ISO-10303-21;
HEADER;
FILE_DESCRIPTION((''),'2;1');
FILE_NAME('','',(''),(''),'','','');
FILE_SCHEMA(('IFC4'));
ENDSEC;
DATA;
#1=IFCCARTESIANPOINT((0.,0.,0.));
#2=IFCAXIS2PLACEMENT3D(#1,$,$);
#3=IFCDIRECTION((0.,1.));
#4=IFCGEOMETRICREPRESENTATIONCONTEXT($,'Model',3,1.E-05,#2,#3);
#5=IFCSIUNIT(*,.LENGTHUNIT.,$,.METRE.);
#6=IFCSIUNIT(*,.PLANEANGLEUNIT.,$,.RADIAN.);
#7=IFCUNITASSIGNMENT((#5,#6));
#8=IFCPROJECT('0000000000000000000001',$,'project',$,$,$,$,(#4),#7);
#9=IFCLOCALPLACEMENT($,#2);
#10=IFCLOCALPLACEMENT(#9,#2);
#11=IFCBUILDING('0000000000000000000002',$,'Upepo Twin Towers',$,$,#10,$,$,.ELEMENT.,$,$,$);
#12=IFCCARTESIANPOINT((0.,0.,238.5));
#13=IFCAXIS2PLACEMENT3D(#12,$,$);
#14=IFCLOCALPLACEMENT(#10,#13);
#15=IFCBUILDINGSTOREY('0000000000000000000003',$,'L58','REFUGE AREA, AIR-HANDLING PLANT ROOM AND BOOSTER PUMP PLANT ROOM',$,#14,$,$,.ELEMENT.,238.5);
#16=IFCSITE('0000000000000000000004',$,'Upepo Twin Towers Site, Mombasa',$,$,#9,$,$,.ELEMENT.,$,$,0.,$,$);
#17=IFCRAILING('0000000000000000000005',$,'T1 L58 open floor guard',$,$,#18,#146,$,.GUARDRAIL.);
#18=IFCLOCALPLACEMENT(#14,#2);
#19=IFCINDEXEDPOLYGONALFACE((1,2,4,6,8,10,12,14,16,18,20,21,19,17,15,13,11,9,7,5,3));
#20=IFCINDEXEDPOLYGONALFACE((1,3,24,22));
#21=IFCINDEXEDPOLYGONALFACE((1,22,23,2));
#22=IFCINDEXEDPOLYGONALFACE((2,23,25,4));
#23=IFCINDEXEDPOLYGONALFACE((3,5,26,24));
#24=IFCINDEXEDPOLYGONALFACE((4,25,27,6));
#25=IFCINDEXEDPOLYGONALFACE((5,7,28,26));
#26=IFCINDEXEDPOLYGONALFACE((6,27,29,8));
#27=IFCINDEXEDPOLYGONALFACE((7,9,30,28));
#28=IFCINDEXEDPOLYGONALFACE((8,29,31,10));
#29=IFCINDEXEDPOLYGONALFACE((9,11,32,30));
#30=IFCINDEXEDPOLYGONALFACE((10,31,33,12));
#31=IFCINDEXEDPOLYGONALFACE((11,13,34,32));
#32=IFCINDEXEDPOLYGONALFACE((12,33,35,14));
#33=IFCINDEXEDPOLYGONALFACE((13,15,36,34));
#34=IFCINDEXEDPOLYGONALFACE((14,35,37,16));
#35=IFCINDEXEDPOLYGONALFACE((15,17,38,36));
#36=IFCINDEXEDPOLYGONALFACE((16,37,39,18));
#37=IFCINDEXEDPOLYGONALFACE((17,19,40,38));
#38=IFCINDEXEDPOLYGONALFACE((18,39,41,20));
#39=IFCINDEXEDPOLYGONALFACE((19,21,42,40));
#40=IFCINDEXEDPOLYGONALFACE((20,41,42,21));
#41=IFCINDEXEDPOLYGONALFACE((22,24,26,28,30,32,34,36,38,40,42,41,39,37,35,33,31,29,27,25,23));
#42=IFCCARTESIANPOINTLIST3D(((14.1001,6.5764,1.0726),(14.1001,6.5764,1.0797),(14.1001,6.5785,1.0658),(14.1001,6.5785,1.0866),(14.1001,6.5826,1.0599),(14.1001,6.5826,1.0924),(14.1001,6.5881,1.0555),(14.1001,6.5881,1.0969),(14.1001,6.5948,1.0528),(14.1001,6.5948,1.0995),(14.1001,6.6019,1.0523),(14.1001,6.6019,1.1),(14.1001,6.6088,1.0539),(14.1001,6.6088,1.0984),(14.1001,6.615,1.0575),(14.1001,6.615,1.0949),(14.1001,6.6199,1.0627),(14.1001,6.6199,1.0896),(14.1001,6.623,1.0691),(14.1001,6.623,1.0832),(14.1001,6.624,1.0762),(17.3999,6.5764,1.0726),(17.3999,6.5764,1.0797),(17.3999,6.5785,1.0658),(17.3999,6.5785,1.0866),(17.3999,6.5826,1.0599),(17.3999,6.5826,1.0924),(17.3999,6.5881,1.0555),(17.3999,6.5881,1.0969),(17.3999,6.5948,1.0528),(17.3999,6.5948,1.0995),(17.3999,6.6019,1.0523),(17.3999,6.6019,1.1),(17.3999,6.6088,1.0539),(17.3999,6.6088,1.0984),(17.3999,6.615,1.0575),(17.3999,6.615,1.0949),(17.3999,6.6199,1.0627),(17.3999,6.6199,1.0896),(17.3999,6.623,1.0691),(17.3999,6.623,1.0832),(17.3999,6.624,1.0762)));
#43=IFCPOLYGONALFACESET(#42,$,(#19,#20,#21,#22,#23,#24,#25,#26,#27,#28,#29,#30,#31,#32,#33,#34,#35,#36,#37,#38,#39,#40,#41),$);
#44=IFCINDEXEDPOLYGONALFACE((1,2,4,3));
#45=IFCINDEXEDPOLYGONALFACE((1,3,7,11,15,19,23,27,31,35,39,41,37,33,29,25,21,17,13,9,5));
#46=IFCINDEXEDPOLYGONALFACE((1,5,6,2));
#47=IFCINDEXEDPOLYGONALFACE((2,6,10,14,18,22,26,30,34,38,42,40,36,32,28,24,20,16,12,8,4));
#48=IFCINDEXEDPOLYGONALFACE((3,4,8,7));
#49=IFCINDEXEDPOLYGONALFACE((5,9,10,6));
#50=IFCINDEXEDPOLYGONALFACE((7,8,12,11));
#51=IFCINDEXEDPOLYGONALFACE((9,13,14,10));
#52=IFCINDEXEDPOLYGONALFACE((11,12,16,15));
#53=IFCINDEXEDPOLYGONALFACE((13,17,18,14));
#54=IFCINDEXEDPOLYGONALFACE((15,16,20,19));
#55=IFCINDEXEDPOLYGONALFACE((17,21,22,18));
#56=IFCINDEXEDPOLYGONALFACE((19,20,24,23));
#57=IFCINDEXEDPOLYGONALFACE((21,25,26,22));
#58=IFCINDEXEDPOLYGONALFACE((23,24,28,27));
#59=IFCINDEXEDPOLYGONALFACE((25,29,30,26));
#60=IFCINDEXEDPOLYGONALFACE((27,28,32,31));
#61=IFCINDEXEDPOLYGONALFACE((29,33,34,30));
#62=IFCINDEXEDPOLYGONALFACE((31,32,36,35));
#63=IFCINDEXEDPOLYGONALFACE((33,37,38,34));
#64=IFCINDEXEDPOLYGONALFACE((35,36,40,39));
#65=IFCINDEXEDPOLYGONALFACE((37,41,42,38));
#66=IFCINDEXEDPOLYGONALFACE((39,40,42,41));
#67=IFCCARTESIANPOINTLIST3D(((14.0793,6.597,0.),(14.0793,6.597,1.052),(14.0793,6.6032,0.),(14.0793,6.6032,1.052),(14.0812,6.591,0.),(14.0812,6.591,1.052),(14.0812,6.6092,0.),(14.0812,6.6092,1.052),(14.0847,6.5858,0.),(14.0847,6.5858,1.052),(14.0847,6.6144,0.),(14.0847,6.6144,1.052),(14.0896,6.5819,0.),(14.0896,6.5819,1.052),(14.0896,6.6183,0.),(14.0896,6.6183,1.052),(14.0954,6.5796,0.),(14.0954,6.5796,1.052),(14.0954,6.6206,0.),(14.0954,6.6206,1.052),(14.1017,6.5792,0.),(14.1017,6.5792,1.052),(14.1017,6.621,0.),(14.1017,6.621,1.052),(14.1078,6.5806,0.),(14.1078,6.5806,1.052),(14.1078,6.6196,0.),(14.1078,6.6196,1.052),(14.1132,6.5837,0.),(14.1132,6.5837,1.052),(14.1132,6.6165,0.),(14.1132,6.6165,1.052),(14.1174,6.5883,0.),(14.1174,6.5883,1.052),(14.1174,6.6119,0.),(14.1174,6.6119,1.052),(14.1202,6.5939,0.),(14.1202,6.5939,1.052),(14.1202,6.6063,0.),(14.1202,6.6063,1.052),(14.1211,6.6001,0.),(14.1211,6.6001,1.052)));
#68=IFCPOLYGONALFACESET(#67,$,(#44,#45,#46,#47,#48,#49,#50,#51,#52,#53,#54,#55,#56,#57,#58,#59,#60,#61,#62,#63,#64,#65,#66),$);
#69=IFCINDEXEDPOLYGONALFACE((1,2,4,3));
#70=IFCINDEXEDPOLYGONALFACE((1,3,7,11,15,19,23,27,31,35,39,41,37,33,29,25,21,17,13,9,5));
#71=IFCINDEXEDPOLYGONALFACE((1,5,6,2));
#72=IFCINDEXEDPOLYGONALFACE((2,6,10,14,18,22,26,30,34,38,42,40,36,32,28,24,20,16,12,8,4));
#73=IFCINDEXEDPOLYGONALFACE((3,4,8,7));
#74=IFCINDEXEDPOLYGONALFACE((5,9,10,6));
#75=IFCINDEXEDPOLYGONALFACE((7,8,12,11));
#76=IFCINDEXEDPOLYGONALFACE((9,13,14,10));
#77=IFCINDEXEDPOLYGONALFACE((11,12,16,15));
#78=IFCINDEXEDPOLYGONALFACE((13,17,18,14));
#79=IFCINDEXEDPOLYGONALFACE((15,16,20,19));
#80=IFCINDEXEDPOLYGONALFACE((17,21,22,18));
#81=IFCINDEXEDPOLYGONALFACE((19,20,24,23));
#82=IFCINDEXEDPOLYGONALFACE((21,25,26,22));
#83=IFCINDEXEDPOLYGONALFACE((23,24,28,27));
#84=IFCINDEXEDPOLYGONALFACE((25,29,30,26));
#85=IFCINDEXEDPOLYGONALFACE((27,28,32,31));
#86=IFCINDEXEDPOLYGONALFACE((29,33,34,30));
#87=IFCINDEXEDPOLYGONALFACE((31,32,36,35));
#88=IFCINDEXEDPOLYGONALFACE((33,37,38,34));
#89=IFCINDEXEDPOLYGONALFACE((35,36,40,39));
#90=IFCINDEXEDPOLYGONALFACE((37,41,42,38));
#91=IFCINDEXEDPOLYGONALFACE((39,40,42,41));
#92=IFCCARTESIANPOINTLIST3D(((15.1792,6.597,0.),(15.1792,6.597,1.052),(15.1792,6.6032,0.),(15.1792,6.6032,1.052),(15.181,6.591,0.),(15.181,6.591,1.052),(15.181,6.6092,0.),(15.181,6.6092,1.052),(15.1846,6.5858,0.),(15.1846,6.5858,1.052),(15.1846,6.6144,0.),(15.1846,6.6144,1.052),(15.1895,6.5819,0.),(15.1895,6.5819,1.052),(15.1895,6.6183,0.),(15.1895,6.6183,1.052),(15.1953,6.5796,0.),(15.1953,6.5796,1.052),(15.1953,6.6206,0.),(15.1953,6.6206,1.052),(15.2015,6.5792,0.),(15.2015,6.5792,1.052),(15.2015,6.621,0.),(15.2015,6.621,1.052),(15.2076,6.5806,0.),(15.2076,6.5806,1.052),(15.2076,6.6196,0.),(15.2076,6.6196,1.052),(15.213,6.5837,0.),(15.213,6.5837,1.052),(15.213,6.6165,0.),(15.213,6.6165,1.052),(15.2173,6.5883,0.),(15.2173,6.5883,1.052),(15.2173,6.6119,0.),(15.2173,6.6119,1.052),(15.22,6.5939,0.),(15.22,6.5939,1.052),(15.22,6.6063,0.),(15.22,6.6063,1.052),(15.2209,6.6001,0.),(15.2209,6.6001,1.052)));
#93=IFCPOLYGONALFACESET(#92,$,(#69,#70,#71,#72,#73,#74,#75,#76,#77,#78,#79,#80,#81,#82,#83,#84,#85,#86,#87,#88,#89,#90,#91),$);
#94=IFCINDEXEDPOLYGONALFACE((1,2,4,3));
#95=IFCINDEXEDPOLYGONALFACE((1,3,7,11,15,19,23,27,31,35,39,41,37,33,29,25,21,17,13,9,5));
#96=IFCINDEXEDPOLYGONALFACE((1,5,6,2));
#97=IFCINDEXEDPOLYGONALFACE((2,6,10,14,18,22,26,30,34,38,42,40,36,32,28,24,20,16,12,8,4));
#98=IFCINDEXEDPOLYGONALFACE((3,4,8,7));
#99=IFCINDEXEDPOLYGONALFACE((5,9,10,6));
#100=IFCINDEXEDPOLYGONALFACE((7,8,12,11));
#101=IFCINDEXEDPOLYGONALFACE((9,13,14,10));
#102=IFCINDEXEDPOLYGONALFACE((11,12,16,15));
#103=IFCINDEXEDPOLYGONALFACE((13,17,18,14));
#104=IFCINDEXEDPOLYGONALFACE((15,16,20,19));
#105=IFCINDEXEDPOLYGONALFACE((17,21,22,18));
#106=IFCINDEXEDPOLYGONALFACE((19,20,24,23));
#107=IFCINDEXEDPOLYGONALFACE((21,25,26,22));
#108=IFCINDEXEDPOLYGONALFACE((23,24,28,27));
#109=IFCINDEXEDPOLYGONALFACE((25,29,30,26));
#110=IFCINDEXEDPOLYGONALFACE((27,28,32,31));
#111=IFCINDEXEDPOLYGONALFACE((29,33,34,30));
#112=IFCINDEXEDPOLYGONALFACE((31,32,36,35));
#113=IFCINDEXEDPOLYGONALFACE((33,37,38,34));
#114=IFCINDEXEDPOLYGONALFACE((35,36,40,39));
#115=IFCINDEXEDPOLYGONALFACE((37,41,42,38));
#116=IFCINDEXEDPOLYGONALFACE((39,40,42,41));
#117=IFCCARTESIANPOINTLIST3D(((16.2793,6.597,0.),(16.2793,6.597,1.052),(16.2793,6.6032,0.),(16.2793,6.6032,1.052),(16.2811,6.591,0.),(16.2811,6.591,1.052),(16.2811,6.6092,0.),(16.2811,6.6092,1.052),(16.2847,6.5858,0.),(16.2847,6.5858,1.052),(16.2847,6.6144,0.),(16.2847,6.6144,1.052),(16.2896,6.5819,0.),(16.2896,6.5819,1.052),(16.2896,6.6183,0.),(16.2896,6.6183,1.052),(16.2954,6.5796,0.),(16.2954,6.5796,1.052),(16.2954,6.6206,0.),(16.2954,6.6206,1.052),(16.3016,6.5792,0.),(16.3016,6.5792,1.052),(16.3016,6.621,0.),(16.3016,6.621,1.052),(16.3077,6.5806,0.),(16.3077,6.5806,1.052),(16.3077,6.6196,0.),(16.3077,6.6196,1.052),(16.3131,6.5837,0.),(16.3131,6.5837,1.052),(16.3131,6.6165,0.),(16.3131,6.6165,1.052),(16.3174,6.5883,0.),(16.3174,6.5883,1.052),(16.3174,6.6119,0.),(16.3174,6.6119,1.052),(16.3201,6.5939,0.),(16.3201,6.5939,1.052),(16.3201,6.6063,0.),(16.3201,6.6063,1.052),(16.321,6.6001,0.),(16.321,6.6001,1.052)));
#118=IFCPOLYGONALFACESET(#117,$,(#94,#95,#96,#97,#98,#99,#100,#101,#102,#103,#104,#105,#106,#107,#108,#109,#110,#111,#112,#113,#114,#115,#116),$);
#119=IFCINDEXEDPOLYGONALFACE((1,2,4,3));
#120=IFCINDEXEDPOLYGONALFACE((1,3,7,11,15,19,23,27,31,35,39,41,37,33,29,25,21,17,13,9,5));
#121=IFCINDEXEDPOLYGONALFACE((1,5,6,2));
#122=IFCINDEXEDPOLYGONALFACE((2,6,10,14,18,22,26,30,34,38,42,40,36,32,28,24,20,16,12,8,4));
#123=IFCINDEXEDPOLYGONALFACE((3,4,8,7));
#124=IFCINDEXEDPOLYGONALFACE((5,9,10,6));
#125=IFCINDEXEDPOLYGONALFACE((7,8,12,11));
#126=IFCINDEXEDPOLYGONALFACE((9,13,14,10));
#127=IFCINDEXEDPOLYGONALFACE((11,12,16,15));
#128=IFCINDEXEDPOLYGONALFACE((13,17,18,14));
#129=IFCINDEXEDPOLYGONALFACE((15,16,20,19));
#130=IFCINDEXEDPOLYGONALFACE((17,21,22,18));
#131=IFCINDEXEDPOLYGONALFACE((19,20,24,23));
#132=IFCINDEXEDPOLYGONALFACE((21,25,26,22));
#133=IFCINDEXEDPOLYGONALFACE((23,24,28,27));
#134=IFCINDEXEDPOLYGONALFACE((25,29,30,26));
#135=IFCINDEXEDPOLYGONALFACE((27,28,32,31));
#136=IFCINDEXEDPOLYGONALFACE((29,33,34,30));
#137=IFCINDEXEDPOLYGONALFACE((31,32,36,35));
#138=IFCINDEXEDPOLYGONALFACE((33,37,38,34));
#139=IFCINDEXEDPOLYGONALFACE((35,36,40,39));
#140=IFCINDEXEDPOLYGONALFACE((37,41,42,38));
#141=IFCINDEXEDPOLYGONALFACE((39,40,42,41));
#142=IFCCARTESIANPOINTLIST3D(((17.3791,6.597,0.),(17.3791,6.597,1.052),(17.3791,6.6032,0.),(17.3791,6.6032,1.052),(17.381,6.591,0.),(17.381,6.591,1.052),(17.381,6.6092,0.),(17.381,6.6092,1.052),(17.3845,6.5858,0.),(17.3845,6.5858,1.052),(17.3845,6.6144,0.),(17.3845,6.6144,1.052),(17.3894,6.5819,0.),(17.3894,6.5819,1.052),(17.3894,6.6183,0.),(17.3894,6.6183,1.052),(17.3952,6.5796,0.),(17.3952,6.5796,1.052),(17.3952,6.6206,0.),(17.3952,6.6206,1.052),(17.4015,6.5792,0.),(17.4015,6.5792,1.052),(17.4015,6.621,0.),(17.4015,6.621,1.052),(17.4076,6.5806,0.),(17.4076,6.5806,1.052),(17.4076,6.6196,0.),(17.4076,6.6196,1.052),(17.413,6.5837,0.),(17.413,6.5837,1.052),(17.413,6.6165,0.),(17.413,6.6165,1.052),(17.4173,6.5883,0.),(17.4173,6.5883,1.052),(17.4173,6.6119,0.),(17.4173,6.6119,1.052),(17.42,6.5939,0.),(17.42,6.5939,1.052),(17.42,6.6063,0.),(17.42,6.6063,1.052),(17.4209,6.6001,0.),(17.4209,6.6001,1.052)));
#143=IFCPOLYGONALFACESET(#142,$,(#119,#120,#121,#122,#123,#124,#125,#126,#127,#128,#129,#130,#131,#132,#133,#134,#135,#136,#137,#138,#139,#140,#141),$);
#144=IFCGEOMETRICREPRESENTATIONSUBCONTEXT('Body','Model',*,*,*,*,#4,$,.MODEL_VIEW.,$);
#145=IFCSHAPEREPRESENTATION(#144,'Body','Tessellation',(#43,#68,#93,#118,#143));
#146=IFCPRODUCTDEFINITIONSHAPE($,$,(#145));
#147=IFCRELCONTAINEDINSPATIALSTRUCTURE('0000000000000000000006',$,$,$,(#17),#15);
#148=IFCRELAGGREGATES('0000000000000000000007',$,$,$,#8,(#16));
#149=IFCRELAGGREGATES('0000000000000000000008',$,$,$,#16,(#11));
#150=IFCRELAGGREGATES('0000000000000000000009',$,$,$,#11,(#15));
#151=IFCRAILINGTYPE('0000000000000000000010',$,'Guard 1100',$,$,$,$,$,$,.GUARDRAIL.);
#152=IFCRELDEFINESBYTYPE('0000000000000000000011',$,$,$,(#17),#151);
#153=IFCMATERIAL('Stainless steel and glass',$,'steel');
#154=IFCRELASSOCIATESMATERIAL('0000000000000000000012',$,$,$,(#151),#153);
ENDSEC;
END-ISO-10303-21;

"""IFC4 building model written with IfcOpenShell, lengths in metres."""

from ifc_helpers import new_model, si_unit, direction, frame, origin, origin_2d, place, context, subcontext, project, spatial, circle, extrude, material, type_object, element, save


model = new_model("IFC4")

# Units and contexts
model_context = context("Model", 3, precision=1e-05, world=origin(), true_north=direction((0.0, 1.0)))
body_context = subcontext(model_context, "Body", "Model", "MODEL_VIEW")
ifc_project = project(units=[si_unit("LENGTHUNIT", "METRE"), si_unit("PLANEANGLEUNIT", "RADIAN")], contexts=[model_context])

# Site, building, storey
site_placement = place(None, origin())
site = spatial("IfcSite", under=ifc_project, at=site_placement, Name="Upepo Twin Towers Site, Mombasa", CompositionType="ELEMENT", RefElevation=0.0)
building_placement = place(site_placement, origin())
building = spatial("IfcBuilding", under=site, at=building_placement, Name="Upepo Twin Towers", CompositionType="ELEMENT")
storey_placement = place(building_placement, frame((0.0, 0.0, 238.5)))
storey = spatial("IfcBuildingStorey", under=building, at=storey_placement, Name="L58", Description="REFUGE AREA, AIR-HANDLING PLANT ROOM AND BOOSTER PUMP PLANT ROOM", CompositionType="ELEMENT", Elevation=238.5)

# Railing
ifc_material_1 = material(Name="Stainless steel and glass", Category="steel")
railing_type = type_object("IfcRailingType", Name="Guard 1100", PredefinedType="GUARDRAIL", material=ifc_material_1)
for number, where, name in (
    (1, (14.1001, 6.6001, 0.0), "T1 L58 open floor guard"),
):
    element("IfcRailing", number, at=place(storey_placement, frame(where)), inside=storey, type_object=railing_type, Name=name, PredefinedType="GUARDRAIL", context=body_context, shape_type="SweptSolid", body=[
        extrude(circle(Radius=0.0239, at=origin_2d()), frame((0.0, 0.0, 1.0762), z_axis=(1.0, 0.0, 0.0), x_axis=(0.0, 1.0, 0.0)), (0.0, 0.0, 1.0), 3.2998),
        extrude(circle(Radius=0.021, at=origin_2d()), origin(), (0.0, 0.0, 1.0), 1.052),
        extrude(circle(Radius=0.021, at=origin_2d()), frame((1.0999, 0.0, 0.0)), (0.0, 0.0, 1.0), 1.052),
        extrude(circle(Radius=0.021, at=origin_2d()), frame((2.2, 0.0, 0.0)), (0.0, 0.0, 1.0), 1.052),
        extrude(circle(Radius=0.021, at=origin_2d()), frame((3.2998, 0.0, 0.0)), (0.0, 0.0, 1.0), 1.052),
    ])

save(model, "model.ifc")
